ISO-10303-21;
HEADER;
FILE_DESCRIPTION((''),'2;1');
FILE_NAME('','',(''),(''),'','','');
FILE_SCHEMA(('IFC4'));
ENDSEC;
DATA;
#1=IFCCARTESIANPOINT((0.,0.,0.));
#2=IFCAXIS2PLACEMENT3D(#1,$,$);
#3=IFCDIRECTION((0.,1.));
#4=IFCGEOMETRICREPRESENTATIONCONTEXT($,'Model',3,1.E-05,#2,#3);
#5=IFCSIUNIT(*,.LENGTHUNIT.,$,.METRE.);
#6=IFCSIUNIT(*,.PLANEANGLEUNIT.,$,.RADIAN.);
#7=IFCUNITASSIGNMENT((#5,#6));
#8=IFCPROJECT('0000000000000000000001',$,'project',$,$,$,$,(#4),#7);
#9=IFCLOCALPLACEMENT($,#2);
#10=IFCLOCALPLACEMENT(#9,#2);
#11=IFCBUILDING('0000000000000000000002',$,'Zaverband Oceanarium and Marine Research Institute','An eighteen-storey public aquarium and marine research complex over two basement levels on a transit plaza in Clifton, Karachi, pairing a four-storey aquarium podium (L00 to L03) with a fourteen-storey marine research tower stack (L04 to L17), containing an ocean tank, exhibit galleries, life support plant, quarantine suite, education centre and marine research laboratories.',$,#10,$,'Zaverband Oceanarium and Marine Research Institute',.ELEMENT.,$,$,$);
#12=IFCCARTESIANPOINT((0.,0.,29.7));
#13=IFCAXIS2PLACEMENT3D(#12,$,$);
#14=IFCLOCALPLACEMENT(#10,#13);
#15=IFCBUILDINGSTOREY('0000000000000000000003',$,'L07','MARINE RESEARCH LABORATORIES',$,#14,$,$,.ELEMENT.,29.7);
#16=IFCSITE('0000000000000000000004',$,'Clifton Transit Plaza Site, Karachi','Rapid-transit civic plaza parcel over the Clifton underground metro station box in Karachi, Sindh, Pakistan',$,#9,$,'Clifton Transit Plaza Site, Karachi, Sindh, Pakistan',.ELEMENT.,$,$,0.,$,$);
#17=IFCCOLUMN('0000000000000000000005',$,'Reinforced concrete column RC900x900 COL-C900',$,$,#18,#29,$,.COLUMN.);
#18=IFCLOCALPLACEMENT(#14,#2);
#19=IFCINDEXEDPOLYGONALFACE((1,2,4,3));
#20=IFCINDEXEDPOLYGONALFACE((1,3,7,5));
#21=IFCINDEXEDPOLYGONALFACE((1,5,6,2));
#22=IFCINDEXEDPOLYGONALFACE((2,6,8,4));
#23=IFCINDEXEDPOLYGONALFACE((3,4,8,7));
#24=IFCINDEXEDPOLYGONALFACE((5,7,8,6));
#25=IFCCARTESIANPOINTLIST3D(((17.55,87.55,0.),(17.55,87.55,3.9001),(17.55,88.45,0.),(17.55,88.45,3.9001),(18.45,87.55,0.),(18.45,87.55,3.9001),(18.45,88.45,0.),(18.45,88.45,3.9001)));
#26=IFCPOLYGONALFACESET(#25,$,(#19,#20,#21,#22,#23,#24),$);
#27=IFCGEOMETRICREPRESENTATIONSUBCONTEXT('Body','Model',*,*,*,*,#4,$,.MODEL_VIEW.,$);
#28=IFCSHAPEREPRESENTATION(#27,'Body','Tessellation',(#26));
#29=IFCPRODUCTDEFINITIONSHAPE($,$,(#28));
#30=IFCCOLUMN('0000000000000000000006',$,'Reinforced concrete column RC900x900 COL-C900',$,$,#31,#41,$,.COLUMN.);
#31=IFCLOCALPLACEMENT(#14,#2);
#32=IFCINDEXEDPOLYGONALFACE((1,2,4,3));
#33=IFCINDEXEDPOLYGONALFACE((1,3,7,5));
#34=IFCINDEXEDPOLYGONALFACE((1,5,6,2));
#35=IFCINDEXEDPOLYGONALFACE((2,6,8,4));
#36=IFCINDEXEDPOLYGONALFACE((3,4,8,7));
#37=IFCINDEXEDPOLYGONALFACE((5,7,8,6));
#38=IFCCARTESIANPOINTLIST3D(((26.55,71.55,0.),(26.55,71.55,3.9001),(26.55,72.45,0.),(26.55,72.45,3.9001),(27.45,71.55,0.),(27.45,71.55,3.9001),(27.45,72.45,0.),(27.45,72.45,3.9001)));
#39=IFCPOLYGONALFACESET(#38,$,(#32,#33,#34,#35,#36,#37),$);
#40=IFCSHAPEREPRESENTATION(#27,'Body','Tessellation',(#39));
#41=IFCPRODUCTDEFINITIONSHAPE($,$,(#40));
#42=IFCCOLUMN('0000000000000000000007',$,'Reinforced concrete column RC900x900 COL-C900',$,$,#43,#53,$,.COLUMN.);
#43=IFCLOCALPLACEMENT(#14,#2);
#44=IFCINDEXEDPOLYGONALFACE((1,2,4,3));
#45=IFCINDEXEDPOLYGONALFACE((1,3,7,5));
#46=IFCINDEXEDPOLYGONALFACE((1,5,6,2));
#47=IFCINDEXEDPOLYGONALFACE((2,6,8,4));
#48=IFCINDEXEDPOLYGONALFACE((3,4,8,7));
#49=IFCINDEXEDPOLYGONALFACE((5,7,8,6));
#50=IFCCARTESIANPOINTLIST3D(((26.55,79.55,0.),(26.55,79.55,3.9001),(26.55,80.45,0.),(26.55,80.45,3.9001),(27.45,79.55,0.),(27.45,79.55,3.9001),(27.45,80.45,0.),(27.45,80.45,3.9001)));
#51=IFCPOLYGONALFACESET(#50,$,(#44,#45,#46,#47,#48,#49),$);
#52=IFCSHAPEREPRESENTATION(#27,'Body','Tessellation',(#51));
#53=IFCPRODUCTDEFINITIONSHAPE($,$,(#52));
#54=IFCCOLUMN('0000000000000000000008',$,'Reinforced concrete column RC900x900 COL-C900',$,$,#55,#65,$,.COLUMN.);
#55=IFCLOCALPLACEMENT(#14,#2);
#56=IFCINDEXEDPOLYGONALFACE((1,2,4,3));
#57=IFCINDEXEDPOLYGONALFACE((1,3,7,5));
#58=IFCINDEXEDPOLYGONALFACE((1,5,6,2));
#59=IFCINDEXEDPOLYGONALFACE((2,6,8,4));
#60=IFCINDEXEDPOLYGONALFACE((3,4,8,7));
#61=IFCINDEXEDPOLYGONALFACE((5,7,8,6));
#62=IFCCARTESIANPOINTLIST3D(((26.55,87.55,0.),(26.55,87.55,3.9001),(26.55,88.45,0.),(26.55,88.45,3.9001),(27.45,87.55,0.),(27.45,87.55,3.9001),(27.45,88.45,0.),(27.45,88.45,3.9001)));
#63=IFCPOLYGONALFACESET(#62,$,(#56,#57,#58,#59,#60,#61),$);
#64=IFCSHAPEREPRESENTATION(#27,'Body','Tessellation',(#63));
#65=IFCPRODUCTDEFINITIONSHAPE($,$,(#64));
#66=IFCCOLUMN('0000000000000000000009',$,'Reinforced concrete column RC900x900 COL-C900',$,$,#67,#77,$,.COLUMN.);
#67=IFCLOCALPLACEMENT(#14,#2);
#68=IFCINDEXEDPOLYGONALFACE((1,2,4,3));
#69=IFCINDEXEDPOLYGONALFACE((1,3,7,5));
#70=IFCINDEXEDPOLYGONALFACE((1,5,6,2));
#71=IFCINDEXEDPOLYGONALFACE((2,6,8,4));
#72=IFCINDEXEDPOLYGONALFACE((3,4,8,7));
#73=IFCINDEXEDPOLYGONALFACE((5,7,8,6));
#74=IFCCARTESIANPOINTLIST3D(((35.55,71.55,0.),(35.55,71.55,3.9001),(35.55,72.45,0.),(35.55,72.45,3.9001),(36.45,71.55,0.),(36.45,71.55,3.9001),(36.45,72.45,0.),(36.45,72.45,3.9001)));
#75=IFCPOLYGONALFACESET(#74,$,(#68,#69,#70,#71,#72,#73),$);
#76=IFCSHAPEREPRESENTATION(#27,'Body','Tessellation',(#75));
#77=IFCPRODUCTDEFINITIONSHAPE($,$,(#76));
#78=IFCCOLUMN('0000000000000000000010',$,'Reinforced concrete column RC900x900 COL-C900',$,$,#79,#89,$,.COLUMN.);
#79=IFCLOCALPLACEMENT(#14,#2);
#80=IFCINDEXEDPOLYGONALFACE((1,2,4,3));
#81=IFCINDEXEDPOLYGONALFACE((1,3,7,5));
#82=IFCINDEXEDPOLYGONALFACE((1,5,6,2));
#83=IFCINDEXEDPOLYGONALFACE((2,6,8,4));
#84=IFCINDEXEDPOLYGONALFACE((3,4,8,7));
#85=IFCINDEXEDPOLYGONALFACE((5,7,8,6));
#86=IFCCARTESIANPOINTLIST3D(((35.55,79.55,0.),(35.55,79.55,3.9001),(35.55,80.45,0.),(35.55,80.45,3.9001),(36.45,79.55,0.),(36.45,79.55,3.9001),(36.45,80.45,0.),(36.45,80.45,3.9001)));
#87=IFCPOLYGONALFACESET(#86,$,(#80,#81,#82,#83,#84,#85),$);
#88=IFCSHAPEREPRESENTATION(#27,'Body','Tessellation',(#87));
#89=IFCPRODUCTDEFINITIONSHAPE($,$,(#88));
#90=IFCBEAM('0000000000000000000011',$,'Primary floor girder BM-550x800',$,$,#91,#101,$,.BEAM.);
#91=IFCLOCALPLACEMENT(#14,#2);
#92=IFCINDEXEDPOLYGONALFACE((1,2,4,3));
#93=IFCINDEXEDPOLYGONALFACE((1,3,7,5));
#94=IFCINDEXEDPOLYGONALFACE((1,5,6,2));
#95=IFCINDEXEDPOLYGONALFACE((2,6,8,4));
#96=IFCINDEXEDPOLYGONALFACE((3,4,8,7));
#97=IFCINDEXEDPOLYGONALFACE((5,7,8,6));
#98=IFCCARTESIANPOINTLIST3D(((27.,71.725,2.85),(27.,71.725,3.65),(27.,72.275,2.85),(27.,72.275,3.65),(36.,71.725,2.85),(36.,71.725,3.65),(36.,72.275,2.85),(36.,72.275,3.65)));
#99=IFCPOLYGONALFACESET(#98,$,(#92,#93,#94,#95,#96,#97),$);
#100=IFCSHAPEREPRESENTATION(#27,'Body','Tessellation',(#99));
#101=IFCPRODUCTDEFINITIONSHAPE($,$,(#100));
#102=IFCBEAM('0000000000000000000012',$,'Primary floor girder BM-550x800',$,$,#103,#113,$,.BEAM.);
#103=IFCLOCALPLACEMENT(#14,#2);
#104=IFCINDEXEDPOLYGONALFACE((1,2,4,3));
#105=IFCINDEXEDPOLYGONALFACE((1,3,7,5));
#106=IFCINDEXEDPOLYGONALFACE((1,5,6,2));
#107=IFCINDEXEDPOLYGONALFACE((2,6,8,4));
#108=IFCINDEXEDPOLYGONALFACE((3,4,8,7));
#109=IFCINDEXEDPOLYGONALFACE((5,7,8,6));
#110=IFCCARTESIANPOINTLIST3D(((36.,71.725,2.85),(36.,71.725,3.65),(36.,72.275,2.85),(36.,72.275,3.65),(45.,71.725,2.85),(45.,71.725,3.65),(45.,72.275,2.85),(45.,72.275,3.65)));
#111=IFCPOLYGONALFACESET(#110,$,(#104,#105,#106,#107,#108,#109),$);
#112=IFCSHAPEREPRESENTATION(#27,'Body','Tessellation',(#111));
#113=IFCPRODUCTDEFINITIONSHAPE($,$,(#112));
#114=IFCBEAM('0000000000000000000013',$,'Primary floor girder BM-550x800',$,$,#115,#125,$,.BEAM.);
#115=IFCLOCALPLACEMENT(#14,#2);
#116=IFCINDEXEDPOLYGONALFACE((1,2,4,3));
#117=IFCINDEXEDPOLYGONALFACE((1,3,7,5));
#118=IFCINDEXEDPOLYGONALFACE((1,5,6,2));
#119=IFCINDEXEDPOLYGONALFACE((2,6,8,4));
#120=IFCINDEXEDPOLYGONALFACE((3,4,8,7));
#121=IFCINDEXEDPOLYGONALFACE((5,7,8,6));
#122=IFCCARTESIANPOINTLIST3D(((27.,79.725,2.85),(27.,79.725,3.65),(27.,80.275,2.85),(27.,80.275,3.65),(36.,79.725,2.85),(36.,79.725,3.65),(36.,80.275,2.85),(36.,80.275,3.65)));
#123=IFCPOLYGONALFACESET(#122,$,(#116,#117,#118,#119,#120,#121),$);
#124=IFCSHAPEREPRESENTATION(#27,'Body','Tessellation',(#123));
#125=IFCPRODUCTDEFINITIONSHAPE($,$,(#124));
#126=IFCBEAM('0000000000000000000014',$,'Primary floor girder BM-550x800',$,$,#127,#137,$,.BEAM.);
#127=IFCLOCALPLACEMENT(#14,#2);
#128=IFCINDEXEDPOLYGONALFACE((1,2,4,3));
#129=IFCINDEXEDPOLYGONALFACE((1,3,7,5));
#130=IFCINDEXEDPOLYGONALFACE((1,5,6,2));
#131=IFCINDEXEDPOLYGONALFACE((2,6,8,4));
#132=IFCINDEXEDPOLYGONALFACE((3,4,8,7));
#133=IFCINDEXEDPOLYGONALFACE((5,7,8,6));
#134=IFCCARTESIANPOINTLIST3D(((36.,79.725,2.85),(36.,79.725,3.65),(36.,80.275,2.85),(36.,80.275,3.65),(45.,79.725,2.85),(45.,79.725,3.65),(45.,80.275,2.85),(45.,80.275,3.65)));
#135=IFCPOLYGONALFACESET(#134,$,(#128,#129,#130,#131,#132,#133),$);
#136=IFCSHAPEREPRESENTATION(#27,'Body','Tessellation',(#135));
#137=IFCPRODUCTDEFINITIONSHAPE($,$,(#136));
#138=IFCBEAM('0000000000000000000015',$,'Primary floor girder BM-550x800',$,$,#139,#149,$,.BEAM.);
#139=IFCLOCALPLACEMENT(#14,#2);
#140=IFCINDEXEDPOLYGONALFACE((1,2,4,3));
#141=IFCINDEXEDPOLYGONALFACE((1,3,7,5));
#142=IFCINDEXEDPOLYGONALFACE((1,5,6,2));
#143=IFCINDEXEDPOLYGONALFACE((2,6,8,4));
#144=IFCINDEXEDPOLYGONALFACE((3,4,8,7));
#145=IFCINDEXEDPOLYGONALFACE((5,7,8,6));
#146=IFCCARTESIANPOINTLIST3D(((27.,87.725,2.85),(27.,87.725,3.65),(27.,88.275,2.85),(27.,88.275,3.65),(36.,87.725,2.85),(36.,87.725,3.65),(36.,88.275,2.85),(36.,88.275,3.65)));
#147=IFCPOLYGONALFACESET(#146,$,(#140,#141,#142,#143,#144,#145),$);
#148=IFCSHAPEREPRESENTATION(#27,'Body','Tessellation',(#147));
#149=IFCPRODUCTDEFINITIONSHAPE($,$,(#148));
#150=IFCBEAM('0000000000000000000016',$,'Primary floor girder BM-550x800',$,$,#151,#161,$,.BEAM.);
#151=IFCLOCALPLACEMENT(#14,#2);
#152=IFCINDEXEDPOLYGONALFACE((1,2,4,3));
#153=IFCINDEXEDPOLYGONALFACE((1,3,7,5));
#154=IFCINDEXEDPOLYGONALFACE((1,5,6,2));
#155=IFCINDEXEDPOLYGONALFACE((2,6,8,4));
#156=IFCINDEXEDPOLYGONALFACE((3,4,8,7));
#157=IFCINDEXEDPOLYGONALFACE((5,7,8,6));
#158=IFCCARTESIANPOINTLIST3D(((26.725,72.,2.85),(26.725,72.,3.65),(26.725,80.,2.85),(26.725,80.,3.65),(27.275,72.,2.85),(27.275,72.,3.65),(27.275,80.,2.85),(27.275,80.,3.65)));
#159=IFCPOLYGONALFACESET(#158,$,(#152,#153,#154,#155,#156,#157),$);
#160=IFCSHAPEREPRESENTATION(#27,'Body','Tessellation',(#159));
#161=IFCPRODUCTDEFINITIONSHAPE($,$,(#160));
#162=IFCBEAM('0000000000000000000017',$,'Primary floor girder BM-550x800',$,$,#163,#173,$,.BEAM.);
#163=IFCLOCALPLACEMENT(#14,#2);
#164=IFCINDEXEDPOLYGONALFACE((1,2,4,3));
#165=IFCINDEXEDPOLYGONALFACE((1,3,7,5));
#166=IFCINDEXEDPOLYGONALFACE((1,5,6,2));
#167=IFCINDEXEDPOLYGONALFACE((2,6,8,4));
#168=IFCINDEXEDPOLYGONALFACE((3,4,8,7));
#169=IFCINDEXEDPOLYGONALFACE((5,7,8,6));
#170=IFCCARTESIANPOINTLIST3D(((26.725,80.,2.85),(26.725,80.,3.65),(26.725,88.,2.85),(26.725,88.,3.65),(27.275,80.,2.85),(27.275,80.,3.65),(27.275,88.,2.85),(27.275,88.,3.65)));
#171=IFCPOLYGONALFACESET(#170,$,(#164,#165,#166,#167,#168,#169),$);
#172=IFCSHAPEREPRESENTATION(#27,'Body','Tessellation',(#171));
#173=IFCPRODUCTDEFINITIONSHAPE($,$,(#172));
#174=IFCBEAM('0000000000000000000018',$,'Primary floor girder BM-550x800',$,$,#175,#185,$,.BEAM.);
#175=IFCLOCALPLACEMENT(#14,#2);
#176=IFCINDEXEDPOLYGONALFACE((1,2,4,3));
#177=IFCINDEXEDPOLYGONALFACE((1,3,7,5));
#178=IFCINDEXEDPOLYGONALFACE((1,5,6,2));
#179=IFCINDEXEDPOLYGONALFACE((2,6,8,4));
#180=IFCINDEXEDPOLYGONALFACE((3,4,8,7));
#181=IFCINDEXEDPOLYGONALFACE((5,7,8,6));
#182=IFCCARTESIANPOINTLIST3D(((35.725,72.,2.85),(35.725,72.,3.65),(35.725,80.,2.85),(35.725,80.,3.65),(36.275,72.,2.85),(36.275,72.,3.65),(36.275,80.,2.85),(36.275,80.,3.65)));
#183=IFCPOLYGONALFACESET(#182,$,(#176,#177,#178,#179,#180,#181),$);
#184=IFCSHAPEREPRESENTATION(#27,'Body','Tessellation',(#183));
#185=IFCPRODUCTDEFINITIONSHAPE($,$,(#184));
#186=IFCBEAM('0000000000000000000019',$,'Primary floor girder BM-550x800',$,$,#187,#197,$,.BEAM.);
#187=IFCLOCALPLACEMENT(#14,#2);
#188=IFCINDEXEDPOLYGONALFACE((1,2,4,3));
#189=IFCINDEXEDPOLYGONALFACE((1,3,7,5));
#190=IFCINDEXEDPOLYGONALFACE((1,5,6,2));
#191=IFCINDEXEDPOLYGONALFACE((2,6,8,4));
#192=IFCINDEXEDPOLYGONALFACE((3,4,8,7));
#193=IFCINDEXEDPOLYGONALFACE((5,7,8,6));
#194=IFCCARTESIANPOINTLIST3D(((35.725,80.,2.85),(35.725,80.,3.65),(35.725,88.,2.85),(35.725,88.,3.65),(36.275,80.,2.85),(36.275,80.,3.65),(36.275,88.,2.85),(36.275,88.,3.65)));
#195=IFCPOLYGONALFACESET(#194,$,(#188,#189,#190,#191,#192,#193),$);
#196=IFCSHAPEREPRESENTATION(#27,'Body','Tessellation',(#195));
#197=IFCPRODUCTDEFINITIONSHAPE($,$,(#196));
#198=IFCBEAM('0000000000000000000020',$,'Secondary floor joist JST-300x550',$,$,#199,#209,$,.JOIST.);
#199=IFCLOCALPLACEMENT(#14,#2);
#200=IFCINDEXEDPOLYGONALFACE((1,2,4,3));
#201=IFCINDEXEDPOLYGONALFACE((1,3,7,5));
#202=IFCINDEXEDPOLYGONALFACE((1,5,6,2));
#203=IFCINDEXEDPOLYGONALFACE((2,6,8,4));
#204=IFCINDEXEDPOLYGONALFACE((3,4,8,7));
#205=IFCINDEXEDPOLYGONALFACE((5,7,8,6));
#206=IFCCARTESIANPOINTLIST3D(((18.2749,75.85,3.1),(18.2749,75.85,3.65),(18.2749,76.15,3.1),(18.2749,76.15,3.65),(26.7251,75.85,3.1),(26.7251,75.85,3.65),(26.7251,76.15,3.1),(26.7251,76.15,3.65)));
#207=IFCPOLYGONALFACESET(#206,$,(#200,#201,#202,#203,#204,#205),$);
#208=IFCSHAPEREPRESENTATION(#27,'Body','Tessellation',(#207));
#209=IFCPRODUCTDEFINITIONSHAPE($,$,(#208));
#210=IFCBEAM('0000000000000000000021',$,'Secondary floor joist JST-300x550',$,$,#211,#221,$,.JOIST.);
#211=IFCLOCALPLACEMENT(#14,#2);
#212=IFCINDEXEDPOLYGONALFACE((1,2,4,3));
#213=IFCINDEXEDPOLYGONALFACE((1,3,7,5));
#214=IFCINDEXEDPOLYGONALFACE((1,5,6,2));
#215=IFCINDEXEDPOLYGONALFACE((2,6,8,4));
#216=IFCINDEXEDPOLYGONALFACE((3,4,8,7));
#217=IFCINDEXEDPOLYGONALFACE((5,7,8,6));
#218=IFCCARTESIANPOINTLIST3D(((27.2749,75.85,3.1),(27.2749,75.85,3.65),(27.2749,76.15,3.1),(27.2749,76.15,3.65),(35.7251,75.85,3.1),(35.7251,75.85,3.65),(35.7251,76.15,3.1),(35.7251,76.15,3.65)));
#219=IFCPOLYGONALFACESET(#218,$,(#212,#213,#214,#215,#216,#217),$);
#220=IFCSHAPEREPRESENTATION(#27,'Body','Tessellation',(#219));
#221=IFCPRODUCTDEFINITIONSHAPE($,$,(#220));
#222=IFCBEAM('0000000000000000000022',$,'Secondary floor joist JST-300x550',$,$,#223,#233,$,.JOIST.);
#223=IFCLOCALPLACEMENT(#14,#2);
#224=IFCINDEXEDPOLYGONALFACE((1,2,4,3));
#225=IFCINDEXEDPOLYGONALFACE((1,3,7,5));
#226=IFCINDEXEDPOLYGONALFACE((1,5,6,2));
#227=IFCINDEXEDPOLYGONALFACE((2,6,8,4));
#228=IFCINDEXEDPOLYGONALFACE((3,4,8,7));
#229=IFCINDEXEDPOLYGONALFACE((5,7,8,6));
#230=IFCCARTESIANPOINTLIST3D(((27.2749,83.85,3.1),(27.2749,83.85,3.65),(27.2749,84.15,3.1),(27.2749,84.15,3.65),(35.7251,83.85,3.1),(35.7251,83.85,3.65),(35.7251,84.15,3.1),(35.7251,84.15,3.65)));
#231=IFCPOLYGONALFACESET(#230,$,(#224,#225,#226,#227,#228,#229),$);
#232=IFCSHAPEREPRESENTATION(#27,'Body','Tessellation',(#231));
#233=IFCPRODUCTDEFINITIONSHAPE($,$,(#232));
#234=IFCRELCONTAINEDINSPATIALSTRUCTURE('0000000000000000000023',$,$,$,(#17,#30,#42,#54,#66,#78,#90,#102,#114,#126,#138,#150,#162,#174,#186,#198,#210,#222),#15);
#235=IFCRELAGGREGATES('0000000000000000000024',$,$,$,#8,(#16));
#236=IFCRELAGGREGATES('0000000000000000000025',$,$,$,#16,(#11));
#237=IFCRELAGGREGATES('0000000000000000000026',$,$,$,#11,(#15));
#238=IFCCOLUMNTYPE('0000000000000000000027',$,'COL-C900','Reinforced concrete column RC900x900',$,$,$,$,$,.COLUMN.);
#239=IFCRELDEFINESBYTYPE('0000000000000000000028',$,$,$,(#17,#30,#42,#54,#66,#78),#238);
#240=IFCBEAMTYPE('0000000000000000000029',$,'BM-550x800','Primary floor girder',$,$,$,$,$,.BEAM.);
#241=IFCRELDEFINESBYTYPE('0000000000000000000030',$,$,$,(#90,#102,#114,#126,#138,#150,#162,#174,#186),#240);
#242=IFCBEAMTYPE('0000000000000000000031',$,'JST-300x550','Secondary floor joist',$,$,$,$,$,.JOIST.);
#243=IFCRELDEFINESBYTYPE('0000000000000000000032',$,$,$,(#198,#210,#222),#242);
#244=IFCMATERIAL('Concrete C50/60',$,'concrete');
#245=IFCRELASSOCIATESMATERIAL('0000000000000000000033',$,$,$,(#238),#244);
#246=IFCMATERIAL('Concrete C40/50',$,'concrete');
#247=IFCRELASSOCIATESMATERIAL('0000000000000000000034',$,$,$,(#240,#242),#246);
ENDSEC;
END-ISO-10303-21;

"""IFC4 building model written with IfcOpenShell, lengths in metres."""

from ifc_helpers import new_model, si_unit, direction, frame, origin, origin_2d, place, context, subcontext, project, spatial, rectangle, extrude, material, material_profile, profile_set, type_object, element, save


model = new_model("IFC4")

# Units and contexts
model_context = context("Model", 3, precision=1e-05, world=origin(), true_north=direction((0.0, 1.0)))
body_context = subcontext(model_context, "Body", "Model", "MODEL_VIEW")
ifc_project = project(units=[si_unit("LENGTHUNIT", "METRE"), si_unit("PLANEANGLEUNIT", "RADIAN")], contexts=[model_context])

# Site, building, storey
site_placement = place(None, origin())
site = spatial("IfcSite", under=ifc_project, at=site_placement, Name="Clifton Transit Plaza Site, Karachi", Description="Rapid-transit civic plaza parcel over the Clifton underground metro station box in Karachi, Sindh, Pakistan", LongName="Clifton Transit Plaza Site, Karachi, Sindh, Pakistan", CompositionType="ELEMENT", RefElevation=0.0)
building_placement = place(site_placement, origin())
building = spatial("IfcBuilding", under=site, at=building_placement, Name="Zaverband Oceanarium and Marine Research Institute", Description="An eighteen-storey public aquarium and marine research complex over two basement levels on a transit plaza in Clifton, Karachi, pairing a four-storey aquarium podium (L00 to L03) with a fourteen-storey marine research tower stack (L04 to L17), containing an ocean tank, exhibit galleries, life support plant, quarantine suite, education centre and marine research laboratories.", LongName="Zaverband Oceanarium and Marine Research Institute", CompositionType="ELEMENT")
storey_placement = place(building_placement, frame((0.0, 0.0, 29.7)))
storey = spatial("IfcBuildingStorey", under=building, at=storey_placement, Name="L07", Description="MARINE RESEARCH LABORATORIES", CompositionType="ELEMENT", Elevation=29.7)

# Columns
ifc_material_1 = material(Name="Concrete C50/60", Category="concrete")
ifc_material_profile_1 = material_profile(ifc_material_1, rectangle(XDim=0.8999, YDim=0.8999, at=origin_2d()), Name="RC900x900")
ifc_profile_set_1 = profile_set([ifc_material_profile_1], Name="Concrete C50/60")
column_type = type_object("IfcColumnType", Name="COL-C900", Description="Reinforced concrete column RC900x900", PredefinedType="COLUMN", material=ifc_profile_set_1)
for number, where, z_axis, x_axis, name in (
    (1, (18.0, 88.0, 0.0), (0.0, 0.0, 1.0), (1.0, 0.0, 0.0), "Reinforced concrete column RC900x900 COL-C900"),
    (2, (27.0, 72.0, 0.0), (0.0, 0.0, 1.0), (1.0, 0.0, 0.0), "Reinforced concrete column RC900x900 COL-C900"),
    (3, (27.0, 80.0, 0.0), (0.0, 0.0, 1.0), (1.0, 0.0, 0.0), "Reinforced concrete column RC900x900 COL-C900"),
    (4, (27.0, 88.0, 0.0), (0.0, 0.0, 1.0), (1.0, 0.0, 0.0), "Reinforced concrete column RC900x900 COL-C900"),
    (5, (36.0, 72.0, 0.0), (0.0, 0.0, 1.0), (1.0, 0.0, 0.0), "Reinforced concrete column RC900x900 COL-C900"),
    (6, (36.0, 80.0, 0.0), (0.0, 0.0, 1.0), (1.0, 0.0, 0.0), "Reinforced concrete column RC900x900 COL-C900"),
):
    element("IfcColumn", number, at=place(storey_placement, frame(where, z_axis=z_axis, x_axis=x_axis)), inside=storey, type_object=column_type, Name=name, PredefinedType="COLUMN", context=body_context, shape_type="SweptSolid", body=[
        extrude(rectangle(XDim=0.8999, YDim=0.8999, at=origin_2d()), origin(), (0.0, 0.0, 1.0), 3.9001),
    ])

# Beams
ifc_material_2 = material(Name="Concrete C40/50", Category="concrete")
ifc_material_profile_2 = material_profile(ifc_material_2, rectangle(XDim=0.55, YDim=0.8, at=origin_2d()), Name="RC550x800")
ifc_profile_set_2 = profile_set([ifc_material_profile_2], Name="Concrete C40/50")
beam_type_1 = type_object("IfcBeamType", Name="BM-550x800", Description="Primary floor girder", PredefinedType="BEAM", material=ifc_profile_set_2)
for number, where, z_axis, x_axis, name in (
    (7, (27.0, 72.0, 3.25), (1.0, 0.0, 0.0), (0.0, 1.0, 0.0), "Primary floor girder BM-550x800"),
    (8, (36.0, 72.0, 3.25), (1.0, 0.0, 0.0), (0.0, 1.0, 0.0), "Primary floor girder BM-550x800"),
    (9, (27.0, 80.0, 3.25), (1.0, 0.0, 0.0), (0.0, 1.0, 0.0), "Primary floor girder BM-550x800"),
    (10, (36.0, 80.0, 3.25), (1.0, 0.0, 0.0), (0.0, 1.0, 0.0), "Primary floor girder BM-550x800"),
    (11, (27.0, 88.0, 3.25), (1.0, 0.0, 0.0), (0.0, 1.0, 0.0), "Primary floor girder BM-550x800"),
):
    element("IfcBeam", number, at=place(storey_placement, frame(where, z_axis=z_axis, x_axis=x_axis)), inside=storey, type_object=beam_type_1, Name=name, PredefinedType="BEAM", context=body_context, shape_type="SweptSolid", body=[
        extrude(rectangle(XDim=0.55, YDim=0.8, at=origin_2d()), origin(), (0.0, 0.0, 1.0), 9.0),
    ])
for number, where, z_axis, x_axis, name in (
    (12, (27.0, 72.0, 3.25), (0.0, 1.0, 0.0), (-1.0, 0.0, 0.0), "Primary floor girder BM-550x800"),
    (13, (27.0, 80.0, 3.25), (0.0, 1.0, 0.0), (-1.0, 0.0, 0.0), "Primary floor girder BM-550x800"),
    (14, (36.0, 72.0, 3.25), (0.0, 1.0, 0.0), (-1.0, 0.0, 0.0), "Primary floor girder BM-550x800"),
    (15, (36.0, 80.0, 3.25), (0.0, 1.0, 0.0), (-1.0, 0.0, 0.0), "Primary floor girder BM-550x800"),
):
    element("IfcBeam", number, at=place(storey_placement, frame(where, z_axis=z_axis, x_axis=x_axis)), inside=storey, type_object=beam_type_1, Name=name, PredefinedType="BEAM", context=body_context, shape_type="SweptSolid", body=[
        extrude(rectangle(XDim=0.55, YDim=0.8, at=origin_2d()), origin(), (0.0, 0.0, 1.0), 8.0),
    ])
ifc_material_profile_3 = material_profile(ifc_material_2, rectangle(XDim=0.3, YDim=0.55, at=origin_2d()), Name="RC300x550")
ifc_profile_set_3 = profile_set([ifc_material_profile_3], Name="Concrete C40/50")
beam_type_2 = type_object("IfcBeamType", Name="JST-300x550", Description="Secondary floor joist", PredefinedType="JOIST", material=ifc_profile_set_3)
for number, where, z_axis, x_axis, name in (
    (16, (18.2749, 76.0, 3.375), (1.0, 0.0, 0.0), (0.0, 1.0, 0.0), "Secondary floor joist JST-300x550"),
    (17, (27.2749, 76.0, 3.375), (1.0, 0.0, 0.0), (0.0, 1.0, 0.0), "Secondary floor joist JST-300x550"),
    (18, (27.2749, 84.0, 3.375), (1.0, 0.0, 0.0), (0.0, 1.0, 0.0), "Secondary floor joist JST-300x550"),
):
    element("IfcBeam", number, at=place(storey_placement, frame(where, z_axis=z_axis, x_axis=x_axis)), inside=storey, type_object=beam_type_2, Name=name, PredefinedType="JOIST", context=body_context, shape_type="SweptSolid", body=[
        extrude(rectangle(XDim=0.3, YDim=0.55, at=origin_2d()), origin(), (0.0, 0.0, 1.0), 8.4502),
    ])

save(model, "model.ifc")
